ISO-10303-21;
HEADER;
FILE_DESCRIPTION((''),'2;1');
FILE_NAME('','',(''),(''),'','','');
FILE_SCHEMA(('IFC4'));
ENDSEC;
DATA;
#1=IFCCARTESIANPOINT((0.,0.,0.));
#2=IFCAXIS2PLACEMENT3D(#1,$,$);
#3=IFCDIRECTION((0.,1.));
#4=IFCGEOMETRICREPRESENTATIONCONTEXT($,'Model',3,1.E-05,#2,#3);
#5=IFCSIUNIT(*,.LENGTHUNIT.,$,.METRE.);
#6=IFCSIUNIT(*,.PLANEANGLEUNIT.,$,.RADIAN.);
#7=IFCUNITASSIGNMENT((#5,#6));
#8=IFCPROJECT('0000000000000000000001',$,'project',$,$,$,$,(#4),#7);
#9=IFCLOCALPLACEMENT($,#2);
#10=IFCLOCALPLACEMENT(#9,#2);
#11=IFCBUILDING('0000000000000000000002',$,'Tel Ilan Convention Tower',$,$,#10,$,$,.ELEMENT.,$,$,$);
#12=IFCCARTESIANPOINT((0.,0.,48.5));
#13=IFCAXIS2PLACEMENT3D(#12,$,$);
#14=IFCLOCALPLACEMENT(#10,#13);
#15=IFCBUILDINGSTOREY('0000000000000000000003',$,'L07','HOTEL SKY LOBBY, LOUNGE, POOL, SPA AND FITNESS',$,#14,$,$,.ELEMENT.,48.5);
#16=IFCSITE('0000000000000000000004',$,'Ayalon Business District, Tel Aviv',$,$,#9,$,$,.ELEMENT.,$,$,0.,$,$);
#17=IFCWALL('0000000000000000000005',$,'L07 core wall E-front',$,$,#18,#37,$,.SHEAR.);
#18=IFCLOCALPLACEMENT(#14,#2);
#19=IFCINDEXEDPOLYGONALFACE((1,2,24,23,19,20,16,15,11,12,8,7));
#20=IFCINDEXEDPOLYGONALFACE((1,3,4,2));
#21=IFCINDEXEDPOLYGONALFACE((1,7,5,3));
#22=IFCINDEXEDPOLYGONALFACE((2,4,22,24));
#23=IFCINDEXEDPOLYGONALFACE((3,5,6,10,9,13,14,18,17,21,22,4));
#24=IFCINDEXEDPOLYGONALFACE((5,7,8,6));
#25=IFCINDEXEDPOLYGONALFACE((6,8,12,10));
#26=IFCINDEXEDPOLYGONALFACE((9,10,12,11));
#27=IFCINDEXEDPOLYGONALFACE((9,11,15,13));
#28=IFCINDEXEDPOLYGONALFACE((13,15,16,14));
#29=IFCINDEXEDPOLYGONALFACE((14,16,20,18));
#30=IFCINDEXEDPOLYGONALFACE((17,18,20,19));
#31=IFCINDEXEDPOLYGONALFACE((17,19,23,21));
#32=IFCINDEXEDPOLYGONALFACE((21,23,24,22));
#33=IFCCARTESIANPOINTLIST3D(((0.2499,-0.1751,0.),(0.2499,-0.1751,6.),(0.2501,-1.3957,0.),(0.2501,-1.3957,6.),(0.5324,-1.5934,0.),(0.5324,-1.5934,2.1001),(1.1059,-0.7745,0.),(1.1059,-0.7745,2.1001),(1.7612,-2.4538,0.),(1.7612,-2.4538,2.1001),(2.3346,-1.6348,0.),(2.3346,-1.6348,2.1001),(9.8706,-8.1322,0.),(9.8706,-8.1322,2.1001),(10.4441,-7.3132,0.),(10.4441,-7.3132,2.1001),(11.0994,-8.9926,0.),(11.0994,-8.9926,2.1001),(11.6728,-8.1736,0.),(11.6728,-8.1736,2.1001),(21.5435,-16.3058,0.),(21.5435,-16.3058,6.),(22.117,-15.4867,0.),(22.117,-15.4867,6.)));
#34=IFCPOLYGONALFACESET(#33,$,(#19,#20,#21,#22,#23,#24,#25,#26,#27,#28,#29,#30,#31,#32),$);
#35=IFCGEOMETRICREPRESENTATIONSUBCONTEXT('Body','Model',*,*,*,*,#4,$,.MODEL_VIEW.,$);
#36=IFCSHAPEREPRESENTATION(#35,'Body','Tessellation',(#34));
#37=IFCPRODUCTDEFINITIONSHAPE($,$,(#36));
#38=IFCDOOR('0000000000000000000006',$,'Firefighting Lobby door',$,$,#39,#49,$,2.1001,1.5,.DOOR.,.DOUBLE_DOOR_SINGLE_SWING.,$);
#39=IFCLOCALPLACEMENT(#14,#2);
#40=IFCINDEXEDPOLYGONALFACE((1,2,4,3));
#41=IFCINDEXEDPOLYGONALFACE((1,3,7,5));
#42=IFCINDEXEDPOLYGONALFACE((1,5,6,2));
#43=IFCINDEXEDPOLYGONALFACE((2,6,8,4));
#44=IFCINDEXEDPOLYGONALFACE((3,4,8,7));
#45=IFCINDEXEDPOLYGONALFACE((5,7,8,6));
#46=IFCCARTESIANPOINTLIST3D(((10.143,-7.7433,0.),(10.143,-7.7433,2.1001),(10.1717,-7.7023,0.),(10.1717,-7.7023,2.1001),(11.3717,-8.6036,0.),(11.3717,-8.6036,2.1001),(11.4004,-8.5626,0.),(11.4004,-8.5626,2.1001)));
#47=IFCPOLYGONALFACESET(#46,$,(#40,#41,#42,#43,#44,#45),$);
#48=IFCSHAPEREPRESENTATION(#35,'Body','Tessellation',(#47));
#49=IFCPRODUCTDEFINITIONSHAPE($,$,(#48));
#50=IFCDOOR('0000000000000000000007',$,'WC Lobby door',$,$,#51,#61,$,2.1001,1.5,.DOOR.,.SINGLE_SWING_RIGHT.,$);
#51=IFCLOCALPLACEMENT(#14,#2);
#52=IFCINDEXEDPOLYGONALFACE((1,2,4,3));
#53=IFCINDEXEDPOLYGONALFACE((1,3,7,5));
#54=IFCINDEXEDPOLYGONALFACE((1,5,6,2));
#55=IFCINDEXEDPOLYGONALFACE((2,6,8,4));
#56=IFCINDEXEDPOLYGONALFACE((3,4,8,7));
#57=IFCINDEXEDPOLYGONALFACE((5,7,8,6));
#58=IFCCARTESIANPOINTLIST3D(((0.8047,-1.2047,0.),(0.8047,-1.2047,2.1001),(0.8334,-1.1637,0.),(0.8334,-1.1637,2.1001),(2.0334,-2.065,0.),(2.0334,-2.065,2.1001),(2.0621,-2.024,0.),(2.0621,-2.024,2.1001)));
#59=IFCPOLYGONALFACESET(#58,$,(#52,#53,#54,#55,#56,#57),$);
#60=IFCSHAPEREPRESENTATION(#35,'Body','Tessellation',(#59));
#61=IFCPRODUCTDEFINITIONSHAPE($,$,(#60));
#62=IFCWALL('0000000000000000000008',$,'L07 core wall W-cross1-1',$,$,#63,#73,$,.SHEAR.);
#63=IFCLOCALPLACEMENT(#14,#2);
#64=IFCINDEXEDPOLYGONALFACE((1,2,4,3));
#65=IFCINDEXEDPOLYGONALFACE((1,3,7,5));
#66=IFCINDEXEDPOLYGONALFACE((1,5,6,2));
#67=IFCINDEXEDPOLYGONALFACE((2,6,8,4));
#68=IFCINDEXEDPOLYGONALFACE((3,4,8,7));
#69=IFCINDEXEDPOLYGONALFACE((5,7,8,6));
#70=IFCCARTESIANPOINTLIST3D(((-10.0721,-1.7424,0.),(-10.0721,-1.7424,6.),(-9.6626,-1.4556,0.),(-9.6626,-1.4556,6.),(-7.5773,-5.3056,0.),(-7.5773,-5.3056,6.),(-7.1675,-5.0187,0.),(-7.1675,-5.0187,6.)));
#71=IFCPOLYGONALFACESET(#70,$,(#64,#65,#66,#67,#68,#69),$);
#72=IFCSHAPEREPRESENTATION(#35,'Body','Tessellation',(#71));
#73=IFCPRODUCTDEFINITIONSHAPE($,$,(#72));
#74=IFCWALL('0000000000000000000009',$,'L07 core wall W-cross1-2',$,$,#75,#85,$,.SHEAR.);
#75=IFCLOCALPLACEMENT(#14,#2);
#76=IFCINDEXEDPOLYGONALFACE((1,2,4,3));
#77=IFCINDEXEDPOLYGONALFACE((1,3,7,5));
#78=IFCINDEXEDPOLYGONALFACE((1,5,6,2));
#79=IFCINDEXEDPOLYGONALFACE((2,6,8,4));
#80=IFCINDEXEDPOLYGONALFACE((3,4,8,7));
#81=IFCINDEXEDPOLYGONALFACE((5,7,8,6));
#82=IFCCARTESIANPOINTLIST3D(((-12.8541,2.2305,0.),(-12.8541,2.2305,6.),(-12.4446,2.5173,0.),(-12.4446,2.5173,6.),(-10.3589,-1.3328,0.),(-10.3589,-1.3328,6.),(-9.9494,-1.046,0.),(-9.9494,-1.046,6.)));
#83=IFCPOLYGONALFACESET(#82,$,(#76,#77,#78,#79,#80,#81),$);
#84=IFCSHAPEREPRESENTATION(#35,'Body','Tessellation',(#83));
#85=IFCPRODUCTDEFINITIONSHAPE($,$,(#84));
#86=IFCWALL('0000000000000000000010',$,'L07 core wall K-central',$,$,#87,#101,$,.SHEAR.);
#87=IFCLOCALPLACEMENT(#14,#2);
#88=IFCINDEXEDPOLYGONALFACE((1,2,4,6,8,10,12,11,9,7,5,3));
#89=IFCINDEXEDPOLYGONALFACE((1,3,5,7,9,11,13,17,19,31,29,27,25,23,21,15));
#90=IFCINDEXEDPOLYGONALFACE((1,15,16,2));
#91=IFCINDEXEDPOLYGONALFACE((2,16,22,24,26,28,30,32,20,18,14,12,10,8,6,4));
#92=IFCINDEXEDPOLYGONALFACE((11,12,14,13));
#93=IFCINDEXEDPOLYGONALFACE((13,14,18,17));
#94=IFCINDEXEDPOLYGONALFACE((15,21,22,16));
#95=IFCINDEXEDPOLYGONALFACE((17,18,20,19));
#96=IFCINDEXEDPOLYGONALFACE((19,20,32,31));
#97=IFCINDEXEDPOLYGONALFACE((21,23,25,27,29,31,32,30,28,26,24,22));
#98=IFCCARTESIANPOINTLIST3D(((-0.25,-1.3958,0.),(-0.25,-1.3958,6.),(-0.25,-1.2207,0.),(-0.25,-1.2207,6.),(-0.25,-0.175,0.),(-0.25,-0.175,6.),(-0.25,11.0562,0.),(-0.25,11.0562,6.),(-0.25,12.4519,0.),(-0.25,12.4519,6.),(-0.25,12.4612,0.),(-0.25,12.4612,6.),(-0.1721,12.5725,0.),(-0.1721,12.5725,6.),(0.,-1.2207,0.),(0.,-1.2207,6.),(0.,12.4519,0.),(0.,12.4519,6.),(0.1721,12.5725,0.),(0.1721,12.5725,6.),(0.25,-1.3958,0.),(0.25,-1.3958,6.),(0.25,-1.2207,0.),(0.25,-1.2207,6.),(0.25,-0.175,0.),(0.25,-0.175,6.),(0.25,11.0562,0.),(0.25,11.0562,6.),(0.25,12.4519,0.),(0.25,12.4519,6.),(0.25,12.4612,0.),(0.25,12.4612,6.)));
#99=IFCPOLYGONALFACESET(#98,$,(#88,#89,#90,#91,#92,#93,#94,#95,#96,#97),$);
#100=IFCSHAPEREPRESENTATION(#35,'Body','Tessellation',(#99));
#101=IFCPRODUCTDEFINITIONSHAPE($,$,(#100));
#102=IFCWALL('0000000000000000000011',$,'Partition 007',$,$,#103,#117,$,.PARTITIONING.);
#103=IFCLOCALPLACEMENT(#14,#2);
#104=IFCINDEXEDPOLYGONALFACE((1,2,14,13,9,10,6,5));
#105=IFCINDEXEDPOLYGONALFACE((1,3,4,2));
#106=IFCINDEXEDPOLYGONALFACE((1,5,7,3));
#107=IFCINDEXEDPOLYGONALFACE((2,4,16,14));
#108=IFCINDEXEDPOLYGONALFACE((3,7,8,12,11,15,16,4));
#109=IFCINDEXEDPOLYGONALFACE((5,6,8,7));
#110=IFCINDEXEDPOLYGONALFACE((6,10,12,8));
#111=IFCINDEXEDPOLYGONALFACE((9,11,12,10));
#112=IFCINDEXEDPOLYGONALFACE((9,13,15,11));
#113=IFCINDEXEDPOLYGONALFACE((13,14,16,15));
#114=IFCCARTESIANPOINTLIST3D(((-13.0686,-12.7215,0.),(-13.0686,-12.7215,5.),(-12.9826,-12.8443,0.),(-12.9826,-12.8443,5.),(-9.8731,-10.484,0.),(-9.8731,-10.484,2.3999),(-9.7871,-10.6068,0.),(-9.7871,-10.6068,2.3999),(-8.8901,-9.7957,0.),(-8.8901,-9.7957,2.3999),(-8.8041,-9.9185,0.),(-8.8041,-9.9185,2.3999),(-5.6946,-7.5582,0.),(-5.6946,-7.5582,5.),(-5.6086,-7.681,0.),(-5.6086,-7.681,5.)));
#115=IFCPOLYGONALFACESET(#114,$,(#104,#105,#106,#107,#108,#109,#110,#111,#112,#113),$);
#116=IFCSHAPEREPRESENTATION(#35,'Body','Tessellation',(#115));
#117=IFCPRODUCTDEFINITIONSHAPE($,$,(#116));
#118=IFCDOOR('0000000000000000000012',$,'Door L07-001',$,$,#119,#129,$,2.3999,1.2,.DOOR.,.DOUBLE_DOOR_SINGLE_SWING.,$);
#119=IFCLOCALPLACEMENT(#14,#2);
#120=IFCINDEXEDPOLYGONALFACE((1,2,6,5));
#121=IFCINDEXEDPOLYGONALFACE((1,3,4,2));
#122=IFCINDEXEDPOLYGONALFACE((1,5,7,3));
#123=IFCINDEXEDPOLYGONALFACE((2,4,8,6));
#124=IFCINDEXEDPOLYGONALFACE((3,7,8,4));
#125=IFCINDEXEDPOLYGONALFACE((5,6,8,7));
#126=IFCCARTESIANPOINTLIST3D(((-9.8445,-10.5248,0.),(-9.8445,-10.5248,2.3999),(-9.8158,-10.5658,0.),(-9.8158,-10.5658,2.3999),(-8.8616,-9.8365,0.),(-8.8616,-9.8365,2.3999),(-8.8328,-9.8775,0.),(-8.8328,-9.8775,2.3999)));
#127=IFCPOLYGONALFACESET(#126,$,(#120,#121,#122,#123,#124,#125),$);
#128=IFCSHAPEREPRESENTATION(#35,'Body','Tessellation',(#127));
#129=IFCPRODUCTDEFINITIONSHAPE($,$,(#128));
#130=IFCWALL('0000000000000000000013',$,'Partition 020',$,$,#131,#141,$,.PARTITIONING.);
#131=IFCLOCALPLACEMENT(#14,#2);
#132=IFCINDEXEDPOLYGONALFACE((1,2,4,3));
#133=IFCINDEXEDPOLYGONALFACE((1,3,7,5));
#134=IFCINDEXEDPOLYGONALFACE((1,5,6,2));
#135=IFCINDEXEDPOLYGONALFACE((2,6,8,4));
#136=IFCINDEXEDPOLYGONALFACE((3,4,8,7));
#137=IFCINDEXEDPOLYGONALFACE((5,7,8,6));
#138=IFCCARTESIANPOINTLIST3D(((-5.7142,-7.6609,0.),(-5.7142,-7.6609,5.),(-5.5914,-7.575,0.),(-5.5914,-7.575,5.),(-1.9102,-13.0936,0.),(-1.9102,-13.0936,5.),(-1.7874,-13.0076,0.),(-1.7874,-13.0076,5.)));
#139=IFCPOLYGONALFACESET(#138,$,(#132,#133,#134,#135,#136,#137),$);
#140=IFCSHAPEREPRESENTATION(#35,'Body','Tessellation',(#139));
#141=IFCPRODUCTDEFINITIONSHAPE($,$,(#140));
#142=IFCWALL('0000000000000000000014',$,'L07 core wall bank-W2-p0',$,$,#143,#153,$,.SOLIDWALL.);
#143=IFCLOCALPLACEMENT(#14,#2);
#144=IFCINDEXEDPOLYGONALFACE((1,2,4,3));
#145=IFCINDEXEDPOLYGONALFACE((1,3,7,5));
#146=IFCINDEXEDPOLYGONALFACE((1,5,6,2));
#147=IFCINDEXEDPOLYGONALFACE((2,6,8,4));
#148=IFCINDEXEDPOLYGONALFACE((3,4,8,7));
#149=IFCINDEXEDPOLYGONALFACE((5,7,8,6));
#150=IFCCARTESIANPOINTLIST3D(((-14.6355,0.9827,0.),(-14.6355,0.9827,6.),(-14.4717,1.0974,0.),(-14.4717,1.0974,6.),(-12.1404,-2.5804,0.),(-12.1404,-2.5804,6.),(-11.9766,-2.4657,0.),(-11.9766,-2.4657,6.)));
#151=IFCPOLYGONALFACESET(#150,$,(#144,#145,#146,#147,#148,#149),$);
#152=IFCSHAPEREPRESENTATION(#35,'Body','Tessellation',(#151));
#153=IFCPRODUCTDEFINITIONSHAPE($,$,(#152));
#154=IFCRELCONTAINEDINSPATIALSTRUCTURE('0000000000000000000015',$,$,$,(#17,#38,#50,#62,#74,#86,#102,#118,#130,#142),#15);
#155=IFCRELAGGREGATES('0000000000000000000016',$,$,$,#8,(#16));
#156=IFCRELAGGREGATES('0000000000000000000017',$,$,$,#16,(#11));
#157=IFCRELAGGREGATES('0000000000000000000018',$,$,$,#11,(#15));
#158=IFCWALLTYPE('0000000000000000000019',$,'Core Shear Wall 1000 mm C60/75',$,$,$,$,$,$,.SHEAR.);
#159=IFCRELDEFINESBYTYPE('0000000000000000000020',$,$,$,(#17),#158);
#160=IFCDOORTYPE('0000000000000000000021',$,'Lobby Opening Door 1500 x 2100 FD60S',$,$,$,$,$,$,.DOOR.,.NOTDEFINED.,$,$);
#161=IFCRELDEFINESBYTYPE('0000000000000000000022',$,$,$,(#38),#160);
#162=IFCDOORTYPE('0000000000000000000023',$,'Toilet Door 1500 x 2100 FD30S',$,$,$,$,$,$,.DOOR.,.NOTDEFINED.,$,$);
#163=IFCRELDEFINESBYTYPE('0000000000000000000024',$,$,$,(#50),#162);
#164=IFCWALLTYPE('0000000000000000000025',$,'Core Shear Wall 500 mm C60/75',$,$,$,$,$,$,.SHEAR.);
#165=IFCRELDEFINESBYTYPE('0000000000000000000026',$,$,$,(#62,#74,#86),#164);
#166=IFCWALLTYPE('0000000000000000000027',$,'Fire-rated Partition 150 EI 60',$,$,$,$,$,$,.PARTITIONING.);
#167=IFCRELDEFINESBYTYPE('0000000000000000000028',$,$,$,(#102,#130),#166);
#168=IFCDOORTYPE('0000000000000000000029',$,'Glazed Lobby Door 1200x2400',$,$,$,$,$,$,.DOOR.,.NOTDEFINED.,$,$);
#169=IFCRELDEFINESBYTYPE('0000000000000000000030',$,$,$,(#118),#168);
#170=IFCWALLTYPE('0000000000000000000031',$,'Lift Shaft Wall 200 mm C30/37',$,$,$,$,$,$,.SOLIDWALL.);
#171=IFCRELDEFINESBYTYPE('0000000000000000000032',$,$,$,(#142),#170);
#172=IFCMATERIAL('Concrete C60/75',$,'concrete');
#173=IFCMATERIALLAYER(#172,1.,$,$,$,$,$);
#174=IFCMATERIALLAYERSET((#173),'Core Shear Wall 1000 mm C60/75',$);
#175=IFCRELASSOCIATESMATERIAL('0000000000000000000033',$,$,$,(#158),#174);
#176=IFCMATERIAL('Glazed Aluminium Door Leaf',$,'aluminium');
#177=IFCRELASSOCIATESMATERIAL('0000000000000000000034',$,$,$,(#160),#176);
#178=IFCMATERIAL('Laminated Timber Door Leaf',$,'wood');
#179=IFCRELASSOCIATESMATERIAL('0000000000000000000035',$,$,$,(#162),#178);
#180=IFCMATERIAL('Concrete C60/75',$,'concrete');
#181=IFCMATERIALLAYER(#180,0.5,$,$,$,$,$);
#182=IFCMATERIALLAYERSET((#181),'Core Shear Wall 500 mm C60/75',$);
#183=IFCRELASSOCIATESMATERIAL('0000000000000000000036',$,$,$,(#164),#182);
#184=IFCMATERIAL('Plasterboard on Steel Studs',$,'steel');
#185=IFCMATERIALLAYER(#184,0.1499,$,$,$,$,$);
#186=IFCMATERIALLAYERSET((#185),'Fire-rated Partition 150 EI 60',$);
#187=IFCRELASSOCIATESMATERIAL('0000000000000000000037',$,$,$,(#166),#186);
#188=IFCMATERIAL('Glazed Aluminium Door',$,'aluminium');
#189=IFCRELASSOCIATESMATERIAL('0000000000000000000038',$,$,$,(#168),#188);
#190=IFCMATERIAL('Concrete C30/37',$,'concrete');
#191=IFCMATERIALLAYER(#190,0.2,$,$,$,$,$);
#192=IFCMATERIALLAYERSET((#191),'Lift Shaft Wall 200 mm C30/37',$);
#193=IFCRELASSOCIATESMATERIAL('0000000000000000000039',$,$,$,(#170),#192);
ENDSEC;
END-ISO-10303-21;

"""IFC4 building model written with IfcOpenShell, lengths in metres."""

from ifc_helpers import new_model, si_unit, direction, frame, frame_2d, origin, place, context, subcontext, project, spatial, polyline, rectangle, outline, extrude, material, layer, layer_set, type_object, element, fill, save


model = new_model("IFC4")

# Units and contexts
model_context = context("Model", 3, precision=1e-05, world=origin(), true_north=direction((0.0, 1.0)))
body_context = subcontext(model_context, "Body", "Model", "MODEL_VIEW")
ifc_project = project(units=[si_unit("LENGTHUNIT", "METRE"), si_unit("PLANEANGLEUNIT", "RADIAN")], contexts=[model_context])

# Site, building, storey
site_placement = place(None, origin())
site = spatial("IfcSite", under=ifc_project, at=site_placement, Name="Ayalon Business District, Tel Aviv", CompositionType="ELEMENT", RefElevation=0.0)
building_placement = place(site_placement, origin())
building = spatial("IfcBuilding", under=site, at=building_placement, Name="Tel Ilan Convention Tower", CompositionType="ELEMENT")
storey_placement = place(building_placement, frame((0.0, 0.0, 48.5)))
storey = spatial("IfcBuildingStorey", under=building, at=storey_placement, Name="L07", Description="HOTEL SKY LOBBY, LOUNGE, POOL, SPA AND FITNESS", CompositionType="ELEMENT", Elevation=48.5)

# Wall, openings, doors
ifc_material_1 = material(Name="Concrete C60/75", Category="concrete")
ifc_layer_1 = layer(ifc_material_1, 1.0)
ifc_layer_set_1 = layer_set([ifc_layer_1], Name="Core Shear Wall 1000 mm C60/75")
wall_type_1 = type_object("IfcWallType", Name="Core Shear Wall 1000 mm C60/75", PredefinedType="SHEAR", material=ifc_layer_set_1)
wall_1_placement = place(storey_placement, frame((-0.0369, -0.5847, 0.0), z_axis=(0.0, 0.0, 1.0), x_axis=(0.819157, -0.573569, 0.0)))
wall_1 = element("IfcWall", 1, at=wall_1_placement, inside=storey, type_object=wall_type_1, Name="L07 core wall E-front", PredefinedType="SHEAR", context=body_context, shape_type="SweptSolid", body=[
    extrude(outline(polyline([(26.6948, 0.4998), (0.0, 0.5), (0.7002, -0.4998), (26.6948, -0.5002), (26.6948, 0.4998)])), origin(), (0.0, 0.0, 1.0), 6.0),
])
opening_1_placement = place(wall_1_placement, frame((1.0449, 0.0, 0.0)))
opening_1 = element("IfcOpeningElement", 2, at=opening_1_placement, cuts=wall_1, PredefinedType="OPENING", context=body_context, shape_type="SweptSolid", body=[
    extrude(rectangle(XDim=1.5, YDim=2.1001, at=frame_2d((0.75, 1.05))), frame((0.0, 0.51, 0.0), z_axis=(0.0, -1.0, 0.0), x_axis=(1.0, 0.0, 0.0)), (0.0, 0.0, 1.0), 1.02),
])
opening_2_placement = place(wall_1_placement, frame((12.4448, 0.0, 0.0)))
opening_2 = element("IfcOpeningElement", 3, at=opening_2_placement, cuts=wall_1, PredefinedType="OPENING", context=body_context, shape_type="SweptSolid", body=[
    extrude(rectangle(XDim=1.5, YDim=2.1001, at=frame_2d((0.75, 1.05))), frame((0.0, 0.51, 0.0), z_axis=(0.0, -1.0, 0.0), x_axis=(1.0, 0.0, 0.0)), (0.0, 0.0, 1.0), 1.02),
])
ifc_material_2 = material(Name="Glazed Aluminium Door Leaf", Category="aluminium")
door_type_1 = type_object("IfcDoorType", Name="Lobby Opening Door 1500 x 2100 FD60S", OperationType="NOTDEFINED", PredefinedType="DOOR", material=ifc_material_2)
door_1_placement = place(opening_2_placement, origin())
door_1 = element("IfcDoor", 4, at=door_1_placement, inside=storey, type_object=door_type_1, Name="Firefighting Lobby door", OperationType="DOUBLE_DOOR_SINGLE_SWING", OverallHeight=2.1001, OverallWidth=1.5, PredefinedType="DOOR", context=body_context, shape_type="SweptSolid", body=[
    extrude(rectangle(XDim=1.5, YDim=2.1001, at=frame_2d((0.75, 1.05))), frame((0.0, 0.0249, 0.0), z_axis=(0.0, -1.0, 0.0), x_axis=(1.0, 0.0, 0.0)), (0.0, 0.0, 1.0), 0.05),
])
fill(opening_2, door_1)
ifc_material_3 = material(Name="Laminated Timber Door Leaf", Category="wood")
door_type_2 = type_object("IfcDoorType", Name="Toilet Door 1500 x 2100 FD30S", OperationType="NOTDEFINED", PredefinedType="DOOR", material=ifc_material_3)
door_2_placement = place(opening_1_placement, origin())
door_2 = element("IfcDoor", 5, at=door_2_placement, inside=storey, type_object=door_type_2, Name="WC Lobby door", OperationType="SINGLE_SWING_RIGHT", OverallHeight=2.1001, OverallWidth=1.5, PredefinedType="DOOR", context=body_context, shape_type="SweptSolid", body=[
    extrude(rectangle(XDim=1.5, YDim=2.1001, at=frame_2d((0.75, 1.05))), frame((0.0, 0.0249, 0.0), z_axis=(0.0, -1.0, 0.0), x_axis=(1.0, 0.0, 0.0)), (0.0, 0.0, 1.0), 0.05),
])
fill(opening_1, door_2)

# Walls
ifc_material_4 = material(Name="Concrete C60/75", Category="concrete")
ifc_layer_2 = layer(ifc_material_4, 0.5)
ifc_layer_set_2 = layer_set([ifc_layer_2], Name="Core Shear Wall 500 mm C60/75")
wall_type_2 = type_object("IfcWallType", Name="Core Shear Wall 500 mm C60/75", PredefinedType="SHEAR", material=ifc_layer_set_2)
wall_2_placement = place(storey_placement, frame((-7.3723, -5.1621, 0.0), z_axis=(0.0, 0.0, 1.0), x_axis=(-0.573594, 0.81914, 0.0)))
element("IfcWall", 6, at=wall_2_placement, inside=storey, type_object=wall_type_2, Name="L07 core wall W-cross1-1", PredefinedType="SHEAR", context=body_context, shape_type="SweptSolid", body=[
    extrude(outline(polyline([(4.3499, 0.25), (0.0, 0.2502), (0.0, -0.25), (4.3499, -0.25), (4.3499, 0.25)])), origin(), (0.0, 0.0, 1.0), 6.0),
])
wall_3_placement = place(storey_placement, frame((-10.1543, -1.1892, 0.0), z_axis=(0.0, 0.0, 1.0), x_axis=(-0.573594, 0.81914, 0.0)))
element("IfcWall", 7, at=wall_3_placement, inside=storey, type_object=wall_type_2, Name="L07 core wall W-cross1-2", PredefinedType="SHEAR", context=body_context, shape_type="SweptSolid", body=[
    extrude(outline(polyline([(4.3499, -0.25), (4.3499, 0.25), (-0.0002, 0.25), (-0.0002, -0.25), (4.3499, -0.25)])), origin(), (0.0, 0.0, 1.0), 6.0),
])
wall_4_placement = place(storey_placement, frame((0.0, -1.3958, 0.0), z_axis=(0.0, 0.0, 1.0), x_axis=(0.0, 1.0, 0.0)))
element("IfcWall", 8, at=wall_4_placement, inside=storey, type_object=wall_type_2, Name="L07 core wall K-central", PredefinedType="SHEAR", context=body_context, shape_type="SweptSolid", body=[
    extrude(outline(polyline([(0.0, -0.25), (0.175, -0.25), (1.2207, -0.25), (12.4519, -0.25), (13.8477, -0.25), (13.8569, -0.25), (13.9683, -0.1721), (13.8477, 0.0), (13.9683, 0.1721), (13.8569, 0.25), (13.8477, 0.25), (12.4519, 0.25), (1.2207, 0.25), (0.175, 0.25), (0.0, 0.25), (0.175, 0.0), (0.0, -0.25)])), origin(), (0.0, 0.0, 1.0), 6.0),
])

# Wall, opening, door
ifc_material_5 = material(Name="Plasterboard on Steel Studs", Category="steel")
ifc_layer_3 = layer(ifc_material_5, 0.1499)
ifc_layer_set_3 = layer_set([ifc_layer_3], Name="Fire-rated Partition 150 EI 60")
wall_type_3 = type_object("IfcWallType", Name="Fire-rated Partition 150 EI 60", PredefinedType="PARTITIONING", material=ifc_layer_set_3)
wall_5_placement = place(storey_placement, frame((-5.6516, -7.6196, 0.0), z_axis=(0.0, 0.0, 1.0), x_axis=(-0.819153, -0.573575, 0.0)))
wall_5 = element("IfcWall", 9, at=wall_5_placement, inside=storey, type_object=wall_type_3, Name="Partition 007", PredefinedType="PARTITIONING", context=body_context, shape_type="SweptSolid", body=[
    extrude(rectangle(XDim=9.002, YDim=0.1499, at=frame_2d((4.501, 0.0))), origin(), (0.0, 0.0, 1.0), 5.0),
])
opening_3_placement = place(wall_5_placement, frame((3.9009, 0.0, 0.0)))
opening_3 = element("IfcOpeningElement", 10, at=opening_3_placement, cuts=wall_5, PredefinedType="OPENING", context=body_context, shape_type="SweptSolid", body=[
    extrude(rectangle(XDim=1.2, YDim=2.3999, at=frame_2d((0.6001, 1.2))), frame((0.0, 0.085, 0.0), z_axis=(0.0, -1.0, 0.0), x_axis=(1.0, 0.0, 0.0)), (0.0, 0.0, 1.0), 0.1699),
])
ifc_material_6 = material(Name="Glazed Aluminium Door", Category="aluminium")
door_type_3 = type_object("IfcDoorType", Name="Glazed Lobby Door 1200x2400", OperationType="NOTDEFINED", PredefinedType="DOOR", material=ifc_material_6)
door_3_placement = place(opening_3_placement, origin())
door_3 = element("IfcDoor", 11, at=door_3_placement, inside=storey, type_object=door_type_3, Name="Door L07-001", OperationType="DOUBLE_DOOR_SINGLE_SWING", OverallHeight=2.3999, OverallWidth=1.2, PredefinedType="DOOR", context=body_context, shape_type="SweptSolid", body=[
    extrude(rectangle(XDim=1.2, YDim=2.3999, at=frame_2d((0.6001, 1.2))), frame((0.0, 0.0249, 0.0), z_axis=(0.0, -1.0, 0.0), x_axis=(1.0, 0.0, 0.0)), (0.0, 0.0, 1.0), 0.05),
])
fill(opening_3, door_3)

# Walls
wall_6_placement = place(storey_placement, frame((-1.8489, -13.0505, 0.0), z_axis=(0.0, 0.0, 1.0), x_axis=(-0.573576, 0.819152, 0.0)))
element("IfcWall", 12, at=wall_6_placement, inside=storey, type_object=wall_type_3, Name="Partition 020", PredefinedType="PARTITIONING", context=body_context, shape_type="SweptSolid", body=[
    extrude(rectangle(XDim=6.6321, YDim=0.1499, at=frame_2d((3.3159, 0.0))), origin(), (0.0, 0.0, 1.0), 5.0),
])
ifc_material_7 = material(Name="Concrete C30/37", Category="concrete")
ifc_layer_4 = layer(ifc_material_7, 0.2)
ifc_layer_set_4 = layer_set([ifc_layer_4], Name="Lift Shaft Wall 200 mm C30/37")
wall_type_4 = type_object("IfcWallType", Name="Lift Shaft Wall 200 mm C30/37", PredefinedType="SOLIDWALL", material=ifc_layer_set_4)
wall_7_placement = place(storey_placement, frame((-12.0586, -2.5229, 0.0), z_axis=(0.0, 0.0, 1.0), x_axis=(-0.573594, 0.81914, 0.0)))
element("IfcWall", 13, at=wall_7_placement, inside=storey, type_object=wall_type_4, Name="L07 core wall bank-W2-p0", PredefinedType="SOLIDWALL", context=body_context, shape_type="SweptSolid", body=[
    extrude(rectangle(XDim=4.3499, YDim=0.2, at=frame_2d((2.1748, 0.0))), origin(), (0.0, 0.0, 1.0), 6.0),
])

save(model, "model.ifc")
